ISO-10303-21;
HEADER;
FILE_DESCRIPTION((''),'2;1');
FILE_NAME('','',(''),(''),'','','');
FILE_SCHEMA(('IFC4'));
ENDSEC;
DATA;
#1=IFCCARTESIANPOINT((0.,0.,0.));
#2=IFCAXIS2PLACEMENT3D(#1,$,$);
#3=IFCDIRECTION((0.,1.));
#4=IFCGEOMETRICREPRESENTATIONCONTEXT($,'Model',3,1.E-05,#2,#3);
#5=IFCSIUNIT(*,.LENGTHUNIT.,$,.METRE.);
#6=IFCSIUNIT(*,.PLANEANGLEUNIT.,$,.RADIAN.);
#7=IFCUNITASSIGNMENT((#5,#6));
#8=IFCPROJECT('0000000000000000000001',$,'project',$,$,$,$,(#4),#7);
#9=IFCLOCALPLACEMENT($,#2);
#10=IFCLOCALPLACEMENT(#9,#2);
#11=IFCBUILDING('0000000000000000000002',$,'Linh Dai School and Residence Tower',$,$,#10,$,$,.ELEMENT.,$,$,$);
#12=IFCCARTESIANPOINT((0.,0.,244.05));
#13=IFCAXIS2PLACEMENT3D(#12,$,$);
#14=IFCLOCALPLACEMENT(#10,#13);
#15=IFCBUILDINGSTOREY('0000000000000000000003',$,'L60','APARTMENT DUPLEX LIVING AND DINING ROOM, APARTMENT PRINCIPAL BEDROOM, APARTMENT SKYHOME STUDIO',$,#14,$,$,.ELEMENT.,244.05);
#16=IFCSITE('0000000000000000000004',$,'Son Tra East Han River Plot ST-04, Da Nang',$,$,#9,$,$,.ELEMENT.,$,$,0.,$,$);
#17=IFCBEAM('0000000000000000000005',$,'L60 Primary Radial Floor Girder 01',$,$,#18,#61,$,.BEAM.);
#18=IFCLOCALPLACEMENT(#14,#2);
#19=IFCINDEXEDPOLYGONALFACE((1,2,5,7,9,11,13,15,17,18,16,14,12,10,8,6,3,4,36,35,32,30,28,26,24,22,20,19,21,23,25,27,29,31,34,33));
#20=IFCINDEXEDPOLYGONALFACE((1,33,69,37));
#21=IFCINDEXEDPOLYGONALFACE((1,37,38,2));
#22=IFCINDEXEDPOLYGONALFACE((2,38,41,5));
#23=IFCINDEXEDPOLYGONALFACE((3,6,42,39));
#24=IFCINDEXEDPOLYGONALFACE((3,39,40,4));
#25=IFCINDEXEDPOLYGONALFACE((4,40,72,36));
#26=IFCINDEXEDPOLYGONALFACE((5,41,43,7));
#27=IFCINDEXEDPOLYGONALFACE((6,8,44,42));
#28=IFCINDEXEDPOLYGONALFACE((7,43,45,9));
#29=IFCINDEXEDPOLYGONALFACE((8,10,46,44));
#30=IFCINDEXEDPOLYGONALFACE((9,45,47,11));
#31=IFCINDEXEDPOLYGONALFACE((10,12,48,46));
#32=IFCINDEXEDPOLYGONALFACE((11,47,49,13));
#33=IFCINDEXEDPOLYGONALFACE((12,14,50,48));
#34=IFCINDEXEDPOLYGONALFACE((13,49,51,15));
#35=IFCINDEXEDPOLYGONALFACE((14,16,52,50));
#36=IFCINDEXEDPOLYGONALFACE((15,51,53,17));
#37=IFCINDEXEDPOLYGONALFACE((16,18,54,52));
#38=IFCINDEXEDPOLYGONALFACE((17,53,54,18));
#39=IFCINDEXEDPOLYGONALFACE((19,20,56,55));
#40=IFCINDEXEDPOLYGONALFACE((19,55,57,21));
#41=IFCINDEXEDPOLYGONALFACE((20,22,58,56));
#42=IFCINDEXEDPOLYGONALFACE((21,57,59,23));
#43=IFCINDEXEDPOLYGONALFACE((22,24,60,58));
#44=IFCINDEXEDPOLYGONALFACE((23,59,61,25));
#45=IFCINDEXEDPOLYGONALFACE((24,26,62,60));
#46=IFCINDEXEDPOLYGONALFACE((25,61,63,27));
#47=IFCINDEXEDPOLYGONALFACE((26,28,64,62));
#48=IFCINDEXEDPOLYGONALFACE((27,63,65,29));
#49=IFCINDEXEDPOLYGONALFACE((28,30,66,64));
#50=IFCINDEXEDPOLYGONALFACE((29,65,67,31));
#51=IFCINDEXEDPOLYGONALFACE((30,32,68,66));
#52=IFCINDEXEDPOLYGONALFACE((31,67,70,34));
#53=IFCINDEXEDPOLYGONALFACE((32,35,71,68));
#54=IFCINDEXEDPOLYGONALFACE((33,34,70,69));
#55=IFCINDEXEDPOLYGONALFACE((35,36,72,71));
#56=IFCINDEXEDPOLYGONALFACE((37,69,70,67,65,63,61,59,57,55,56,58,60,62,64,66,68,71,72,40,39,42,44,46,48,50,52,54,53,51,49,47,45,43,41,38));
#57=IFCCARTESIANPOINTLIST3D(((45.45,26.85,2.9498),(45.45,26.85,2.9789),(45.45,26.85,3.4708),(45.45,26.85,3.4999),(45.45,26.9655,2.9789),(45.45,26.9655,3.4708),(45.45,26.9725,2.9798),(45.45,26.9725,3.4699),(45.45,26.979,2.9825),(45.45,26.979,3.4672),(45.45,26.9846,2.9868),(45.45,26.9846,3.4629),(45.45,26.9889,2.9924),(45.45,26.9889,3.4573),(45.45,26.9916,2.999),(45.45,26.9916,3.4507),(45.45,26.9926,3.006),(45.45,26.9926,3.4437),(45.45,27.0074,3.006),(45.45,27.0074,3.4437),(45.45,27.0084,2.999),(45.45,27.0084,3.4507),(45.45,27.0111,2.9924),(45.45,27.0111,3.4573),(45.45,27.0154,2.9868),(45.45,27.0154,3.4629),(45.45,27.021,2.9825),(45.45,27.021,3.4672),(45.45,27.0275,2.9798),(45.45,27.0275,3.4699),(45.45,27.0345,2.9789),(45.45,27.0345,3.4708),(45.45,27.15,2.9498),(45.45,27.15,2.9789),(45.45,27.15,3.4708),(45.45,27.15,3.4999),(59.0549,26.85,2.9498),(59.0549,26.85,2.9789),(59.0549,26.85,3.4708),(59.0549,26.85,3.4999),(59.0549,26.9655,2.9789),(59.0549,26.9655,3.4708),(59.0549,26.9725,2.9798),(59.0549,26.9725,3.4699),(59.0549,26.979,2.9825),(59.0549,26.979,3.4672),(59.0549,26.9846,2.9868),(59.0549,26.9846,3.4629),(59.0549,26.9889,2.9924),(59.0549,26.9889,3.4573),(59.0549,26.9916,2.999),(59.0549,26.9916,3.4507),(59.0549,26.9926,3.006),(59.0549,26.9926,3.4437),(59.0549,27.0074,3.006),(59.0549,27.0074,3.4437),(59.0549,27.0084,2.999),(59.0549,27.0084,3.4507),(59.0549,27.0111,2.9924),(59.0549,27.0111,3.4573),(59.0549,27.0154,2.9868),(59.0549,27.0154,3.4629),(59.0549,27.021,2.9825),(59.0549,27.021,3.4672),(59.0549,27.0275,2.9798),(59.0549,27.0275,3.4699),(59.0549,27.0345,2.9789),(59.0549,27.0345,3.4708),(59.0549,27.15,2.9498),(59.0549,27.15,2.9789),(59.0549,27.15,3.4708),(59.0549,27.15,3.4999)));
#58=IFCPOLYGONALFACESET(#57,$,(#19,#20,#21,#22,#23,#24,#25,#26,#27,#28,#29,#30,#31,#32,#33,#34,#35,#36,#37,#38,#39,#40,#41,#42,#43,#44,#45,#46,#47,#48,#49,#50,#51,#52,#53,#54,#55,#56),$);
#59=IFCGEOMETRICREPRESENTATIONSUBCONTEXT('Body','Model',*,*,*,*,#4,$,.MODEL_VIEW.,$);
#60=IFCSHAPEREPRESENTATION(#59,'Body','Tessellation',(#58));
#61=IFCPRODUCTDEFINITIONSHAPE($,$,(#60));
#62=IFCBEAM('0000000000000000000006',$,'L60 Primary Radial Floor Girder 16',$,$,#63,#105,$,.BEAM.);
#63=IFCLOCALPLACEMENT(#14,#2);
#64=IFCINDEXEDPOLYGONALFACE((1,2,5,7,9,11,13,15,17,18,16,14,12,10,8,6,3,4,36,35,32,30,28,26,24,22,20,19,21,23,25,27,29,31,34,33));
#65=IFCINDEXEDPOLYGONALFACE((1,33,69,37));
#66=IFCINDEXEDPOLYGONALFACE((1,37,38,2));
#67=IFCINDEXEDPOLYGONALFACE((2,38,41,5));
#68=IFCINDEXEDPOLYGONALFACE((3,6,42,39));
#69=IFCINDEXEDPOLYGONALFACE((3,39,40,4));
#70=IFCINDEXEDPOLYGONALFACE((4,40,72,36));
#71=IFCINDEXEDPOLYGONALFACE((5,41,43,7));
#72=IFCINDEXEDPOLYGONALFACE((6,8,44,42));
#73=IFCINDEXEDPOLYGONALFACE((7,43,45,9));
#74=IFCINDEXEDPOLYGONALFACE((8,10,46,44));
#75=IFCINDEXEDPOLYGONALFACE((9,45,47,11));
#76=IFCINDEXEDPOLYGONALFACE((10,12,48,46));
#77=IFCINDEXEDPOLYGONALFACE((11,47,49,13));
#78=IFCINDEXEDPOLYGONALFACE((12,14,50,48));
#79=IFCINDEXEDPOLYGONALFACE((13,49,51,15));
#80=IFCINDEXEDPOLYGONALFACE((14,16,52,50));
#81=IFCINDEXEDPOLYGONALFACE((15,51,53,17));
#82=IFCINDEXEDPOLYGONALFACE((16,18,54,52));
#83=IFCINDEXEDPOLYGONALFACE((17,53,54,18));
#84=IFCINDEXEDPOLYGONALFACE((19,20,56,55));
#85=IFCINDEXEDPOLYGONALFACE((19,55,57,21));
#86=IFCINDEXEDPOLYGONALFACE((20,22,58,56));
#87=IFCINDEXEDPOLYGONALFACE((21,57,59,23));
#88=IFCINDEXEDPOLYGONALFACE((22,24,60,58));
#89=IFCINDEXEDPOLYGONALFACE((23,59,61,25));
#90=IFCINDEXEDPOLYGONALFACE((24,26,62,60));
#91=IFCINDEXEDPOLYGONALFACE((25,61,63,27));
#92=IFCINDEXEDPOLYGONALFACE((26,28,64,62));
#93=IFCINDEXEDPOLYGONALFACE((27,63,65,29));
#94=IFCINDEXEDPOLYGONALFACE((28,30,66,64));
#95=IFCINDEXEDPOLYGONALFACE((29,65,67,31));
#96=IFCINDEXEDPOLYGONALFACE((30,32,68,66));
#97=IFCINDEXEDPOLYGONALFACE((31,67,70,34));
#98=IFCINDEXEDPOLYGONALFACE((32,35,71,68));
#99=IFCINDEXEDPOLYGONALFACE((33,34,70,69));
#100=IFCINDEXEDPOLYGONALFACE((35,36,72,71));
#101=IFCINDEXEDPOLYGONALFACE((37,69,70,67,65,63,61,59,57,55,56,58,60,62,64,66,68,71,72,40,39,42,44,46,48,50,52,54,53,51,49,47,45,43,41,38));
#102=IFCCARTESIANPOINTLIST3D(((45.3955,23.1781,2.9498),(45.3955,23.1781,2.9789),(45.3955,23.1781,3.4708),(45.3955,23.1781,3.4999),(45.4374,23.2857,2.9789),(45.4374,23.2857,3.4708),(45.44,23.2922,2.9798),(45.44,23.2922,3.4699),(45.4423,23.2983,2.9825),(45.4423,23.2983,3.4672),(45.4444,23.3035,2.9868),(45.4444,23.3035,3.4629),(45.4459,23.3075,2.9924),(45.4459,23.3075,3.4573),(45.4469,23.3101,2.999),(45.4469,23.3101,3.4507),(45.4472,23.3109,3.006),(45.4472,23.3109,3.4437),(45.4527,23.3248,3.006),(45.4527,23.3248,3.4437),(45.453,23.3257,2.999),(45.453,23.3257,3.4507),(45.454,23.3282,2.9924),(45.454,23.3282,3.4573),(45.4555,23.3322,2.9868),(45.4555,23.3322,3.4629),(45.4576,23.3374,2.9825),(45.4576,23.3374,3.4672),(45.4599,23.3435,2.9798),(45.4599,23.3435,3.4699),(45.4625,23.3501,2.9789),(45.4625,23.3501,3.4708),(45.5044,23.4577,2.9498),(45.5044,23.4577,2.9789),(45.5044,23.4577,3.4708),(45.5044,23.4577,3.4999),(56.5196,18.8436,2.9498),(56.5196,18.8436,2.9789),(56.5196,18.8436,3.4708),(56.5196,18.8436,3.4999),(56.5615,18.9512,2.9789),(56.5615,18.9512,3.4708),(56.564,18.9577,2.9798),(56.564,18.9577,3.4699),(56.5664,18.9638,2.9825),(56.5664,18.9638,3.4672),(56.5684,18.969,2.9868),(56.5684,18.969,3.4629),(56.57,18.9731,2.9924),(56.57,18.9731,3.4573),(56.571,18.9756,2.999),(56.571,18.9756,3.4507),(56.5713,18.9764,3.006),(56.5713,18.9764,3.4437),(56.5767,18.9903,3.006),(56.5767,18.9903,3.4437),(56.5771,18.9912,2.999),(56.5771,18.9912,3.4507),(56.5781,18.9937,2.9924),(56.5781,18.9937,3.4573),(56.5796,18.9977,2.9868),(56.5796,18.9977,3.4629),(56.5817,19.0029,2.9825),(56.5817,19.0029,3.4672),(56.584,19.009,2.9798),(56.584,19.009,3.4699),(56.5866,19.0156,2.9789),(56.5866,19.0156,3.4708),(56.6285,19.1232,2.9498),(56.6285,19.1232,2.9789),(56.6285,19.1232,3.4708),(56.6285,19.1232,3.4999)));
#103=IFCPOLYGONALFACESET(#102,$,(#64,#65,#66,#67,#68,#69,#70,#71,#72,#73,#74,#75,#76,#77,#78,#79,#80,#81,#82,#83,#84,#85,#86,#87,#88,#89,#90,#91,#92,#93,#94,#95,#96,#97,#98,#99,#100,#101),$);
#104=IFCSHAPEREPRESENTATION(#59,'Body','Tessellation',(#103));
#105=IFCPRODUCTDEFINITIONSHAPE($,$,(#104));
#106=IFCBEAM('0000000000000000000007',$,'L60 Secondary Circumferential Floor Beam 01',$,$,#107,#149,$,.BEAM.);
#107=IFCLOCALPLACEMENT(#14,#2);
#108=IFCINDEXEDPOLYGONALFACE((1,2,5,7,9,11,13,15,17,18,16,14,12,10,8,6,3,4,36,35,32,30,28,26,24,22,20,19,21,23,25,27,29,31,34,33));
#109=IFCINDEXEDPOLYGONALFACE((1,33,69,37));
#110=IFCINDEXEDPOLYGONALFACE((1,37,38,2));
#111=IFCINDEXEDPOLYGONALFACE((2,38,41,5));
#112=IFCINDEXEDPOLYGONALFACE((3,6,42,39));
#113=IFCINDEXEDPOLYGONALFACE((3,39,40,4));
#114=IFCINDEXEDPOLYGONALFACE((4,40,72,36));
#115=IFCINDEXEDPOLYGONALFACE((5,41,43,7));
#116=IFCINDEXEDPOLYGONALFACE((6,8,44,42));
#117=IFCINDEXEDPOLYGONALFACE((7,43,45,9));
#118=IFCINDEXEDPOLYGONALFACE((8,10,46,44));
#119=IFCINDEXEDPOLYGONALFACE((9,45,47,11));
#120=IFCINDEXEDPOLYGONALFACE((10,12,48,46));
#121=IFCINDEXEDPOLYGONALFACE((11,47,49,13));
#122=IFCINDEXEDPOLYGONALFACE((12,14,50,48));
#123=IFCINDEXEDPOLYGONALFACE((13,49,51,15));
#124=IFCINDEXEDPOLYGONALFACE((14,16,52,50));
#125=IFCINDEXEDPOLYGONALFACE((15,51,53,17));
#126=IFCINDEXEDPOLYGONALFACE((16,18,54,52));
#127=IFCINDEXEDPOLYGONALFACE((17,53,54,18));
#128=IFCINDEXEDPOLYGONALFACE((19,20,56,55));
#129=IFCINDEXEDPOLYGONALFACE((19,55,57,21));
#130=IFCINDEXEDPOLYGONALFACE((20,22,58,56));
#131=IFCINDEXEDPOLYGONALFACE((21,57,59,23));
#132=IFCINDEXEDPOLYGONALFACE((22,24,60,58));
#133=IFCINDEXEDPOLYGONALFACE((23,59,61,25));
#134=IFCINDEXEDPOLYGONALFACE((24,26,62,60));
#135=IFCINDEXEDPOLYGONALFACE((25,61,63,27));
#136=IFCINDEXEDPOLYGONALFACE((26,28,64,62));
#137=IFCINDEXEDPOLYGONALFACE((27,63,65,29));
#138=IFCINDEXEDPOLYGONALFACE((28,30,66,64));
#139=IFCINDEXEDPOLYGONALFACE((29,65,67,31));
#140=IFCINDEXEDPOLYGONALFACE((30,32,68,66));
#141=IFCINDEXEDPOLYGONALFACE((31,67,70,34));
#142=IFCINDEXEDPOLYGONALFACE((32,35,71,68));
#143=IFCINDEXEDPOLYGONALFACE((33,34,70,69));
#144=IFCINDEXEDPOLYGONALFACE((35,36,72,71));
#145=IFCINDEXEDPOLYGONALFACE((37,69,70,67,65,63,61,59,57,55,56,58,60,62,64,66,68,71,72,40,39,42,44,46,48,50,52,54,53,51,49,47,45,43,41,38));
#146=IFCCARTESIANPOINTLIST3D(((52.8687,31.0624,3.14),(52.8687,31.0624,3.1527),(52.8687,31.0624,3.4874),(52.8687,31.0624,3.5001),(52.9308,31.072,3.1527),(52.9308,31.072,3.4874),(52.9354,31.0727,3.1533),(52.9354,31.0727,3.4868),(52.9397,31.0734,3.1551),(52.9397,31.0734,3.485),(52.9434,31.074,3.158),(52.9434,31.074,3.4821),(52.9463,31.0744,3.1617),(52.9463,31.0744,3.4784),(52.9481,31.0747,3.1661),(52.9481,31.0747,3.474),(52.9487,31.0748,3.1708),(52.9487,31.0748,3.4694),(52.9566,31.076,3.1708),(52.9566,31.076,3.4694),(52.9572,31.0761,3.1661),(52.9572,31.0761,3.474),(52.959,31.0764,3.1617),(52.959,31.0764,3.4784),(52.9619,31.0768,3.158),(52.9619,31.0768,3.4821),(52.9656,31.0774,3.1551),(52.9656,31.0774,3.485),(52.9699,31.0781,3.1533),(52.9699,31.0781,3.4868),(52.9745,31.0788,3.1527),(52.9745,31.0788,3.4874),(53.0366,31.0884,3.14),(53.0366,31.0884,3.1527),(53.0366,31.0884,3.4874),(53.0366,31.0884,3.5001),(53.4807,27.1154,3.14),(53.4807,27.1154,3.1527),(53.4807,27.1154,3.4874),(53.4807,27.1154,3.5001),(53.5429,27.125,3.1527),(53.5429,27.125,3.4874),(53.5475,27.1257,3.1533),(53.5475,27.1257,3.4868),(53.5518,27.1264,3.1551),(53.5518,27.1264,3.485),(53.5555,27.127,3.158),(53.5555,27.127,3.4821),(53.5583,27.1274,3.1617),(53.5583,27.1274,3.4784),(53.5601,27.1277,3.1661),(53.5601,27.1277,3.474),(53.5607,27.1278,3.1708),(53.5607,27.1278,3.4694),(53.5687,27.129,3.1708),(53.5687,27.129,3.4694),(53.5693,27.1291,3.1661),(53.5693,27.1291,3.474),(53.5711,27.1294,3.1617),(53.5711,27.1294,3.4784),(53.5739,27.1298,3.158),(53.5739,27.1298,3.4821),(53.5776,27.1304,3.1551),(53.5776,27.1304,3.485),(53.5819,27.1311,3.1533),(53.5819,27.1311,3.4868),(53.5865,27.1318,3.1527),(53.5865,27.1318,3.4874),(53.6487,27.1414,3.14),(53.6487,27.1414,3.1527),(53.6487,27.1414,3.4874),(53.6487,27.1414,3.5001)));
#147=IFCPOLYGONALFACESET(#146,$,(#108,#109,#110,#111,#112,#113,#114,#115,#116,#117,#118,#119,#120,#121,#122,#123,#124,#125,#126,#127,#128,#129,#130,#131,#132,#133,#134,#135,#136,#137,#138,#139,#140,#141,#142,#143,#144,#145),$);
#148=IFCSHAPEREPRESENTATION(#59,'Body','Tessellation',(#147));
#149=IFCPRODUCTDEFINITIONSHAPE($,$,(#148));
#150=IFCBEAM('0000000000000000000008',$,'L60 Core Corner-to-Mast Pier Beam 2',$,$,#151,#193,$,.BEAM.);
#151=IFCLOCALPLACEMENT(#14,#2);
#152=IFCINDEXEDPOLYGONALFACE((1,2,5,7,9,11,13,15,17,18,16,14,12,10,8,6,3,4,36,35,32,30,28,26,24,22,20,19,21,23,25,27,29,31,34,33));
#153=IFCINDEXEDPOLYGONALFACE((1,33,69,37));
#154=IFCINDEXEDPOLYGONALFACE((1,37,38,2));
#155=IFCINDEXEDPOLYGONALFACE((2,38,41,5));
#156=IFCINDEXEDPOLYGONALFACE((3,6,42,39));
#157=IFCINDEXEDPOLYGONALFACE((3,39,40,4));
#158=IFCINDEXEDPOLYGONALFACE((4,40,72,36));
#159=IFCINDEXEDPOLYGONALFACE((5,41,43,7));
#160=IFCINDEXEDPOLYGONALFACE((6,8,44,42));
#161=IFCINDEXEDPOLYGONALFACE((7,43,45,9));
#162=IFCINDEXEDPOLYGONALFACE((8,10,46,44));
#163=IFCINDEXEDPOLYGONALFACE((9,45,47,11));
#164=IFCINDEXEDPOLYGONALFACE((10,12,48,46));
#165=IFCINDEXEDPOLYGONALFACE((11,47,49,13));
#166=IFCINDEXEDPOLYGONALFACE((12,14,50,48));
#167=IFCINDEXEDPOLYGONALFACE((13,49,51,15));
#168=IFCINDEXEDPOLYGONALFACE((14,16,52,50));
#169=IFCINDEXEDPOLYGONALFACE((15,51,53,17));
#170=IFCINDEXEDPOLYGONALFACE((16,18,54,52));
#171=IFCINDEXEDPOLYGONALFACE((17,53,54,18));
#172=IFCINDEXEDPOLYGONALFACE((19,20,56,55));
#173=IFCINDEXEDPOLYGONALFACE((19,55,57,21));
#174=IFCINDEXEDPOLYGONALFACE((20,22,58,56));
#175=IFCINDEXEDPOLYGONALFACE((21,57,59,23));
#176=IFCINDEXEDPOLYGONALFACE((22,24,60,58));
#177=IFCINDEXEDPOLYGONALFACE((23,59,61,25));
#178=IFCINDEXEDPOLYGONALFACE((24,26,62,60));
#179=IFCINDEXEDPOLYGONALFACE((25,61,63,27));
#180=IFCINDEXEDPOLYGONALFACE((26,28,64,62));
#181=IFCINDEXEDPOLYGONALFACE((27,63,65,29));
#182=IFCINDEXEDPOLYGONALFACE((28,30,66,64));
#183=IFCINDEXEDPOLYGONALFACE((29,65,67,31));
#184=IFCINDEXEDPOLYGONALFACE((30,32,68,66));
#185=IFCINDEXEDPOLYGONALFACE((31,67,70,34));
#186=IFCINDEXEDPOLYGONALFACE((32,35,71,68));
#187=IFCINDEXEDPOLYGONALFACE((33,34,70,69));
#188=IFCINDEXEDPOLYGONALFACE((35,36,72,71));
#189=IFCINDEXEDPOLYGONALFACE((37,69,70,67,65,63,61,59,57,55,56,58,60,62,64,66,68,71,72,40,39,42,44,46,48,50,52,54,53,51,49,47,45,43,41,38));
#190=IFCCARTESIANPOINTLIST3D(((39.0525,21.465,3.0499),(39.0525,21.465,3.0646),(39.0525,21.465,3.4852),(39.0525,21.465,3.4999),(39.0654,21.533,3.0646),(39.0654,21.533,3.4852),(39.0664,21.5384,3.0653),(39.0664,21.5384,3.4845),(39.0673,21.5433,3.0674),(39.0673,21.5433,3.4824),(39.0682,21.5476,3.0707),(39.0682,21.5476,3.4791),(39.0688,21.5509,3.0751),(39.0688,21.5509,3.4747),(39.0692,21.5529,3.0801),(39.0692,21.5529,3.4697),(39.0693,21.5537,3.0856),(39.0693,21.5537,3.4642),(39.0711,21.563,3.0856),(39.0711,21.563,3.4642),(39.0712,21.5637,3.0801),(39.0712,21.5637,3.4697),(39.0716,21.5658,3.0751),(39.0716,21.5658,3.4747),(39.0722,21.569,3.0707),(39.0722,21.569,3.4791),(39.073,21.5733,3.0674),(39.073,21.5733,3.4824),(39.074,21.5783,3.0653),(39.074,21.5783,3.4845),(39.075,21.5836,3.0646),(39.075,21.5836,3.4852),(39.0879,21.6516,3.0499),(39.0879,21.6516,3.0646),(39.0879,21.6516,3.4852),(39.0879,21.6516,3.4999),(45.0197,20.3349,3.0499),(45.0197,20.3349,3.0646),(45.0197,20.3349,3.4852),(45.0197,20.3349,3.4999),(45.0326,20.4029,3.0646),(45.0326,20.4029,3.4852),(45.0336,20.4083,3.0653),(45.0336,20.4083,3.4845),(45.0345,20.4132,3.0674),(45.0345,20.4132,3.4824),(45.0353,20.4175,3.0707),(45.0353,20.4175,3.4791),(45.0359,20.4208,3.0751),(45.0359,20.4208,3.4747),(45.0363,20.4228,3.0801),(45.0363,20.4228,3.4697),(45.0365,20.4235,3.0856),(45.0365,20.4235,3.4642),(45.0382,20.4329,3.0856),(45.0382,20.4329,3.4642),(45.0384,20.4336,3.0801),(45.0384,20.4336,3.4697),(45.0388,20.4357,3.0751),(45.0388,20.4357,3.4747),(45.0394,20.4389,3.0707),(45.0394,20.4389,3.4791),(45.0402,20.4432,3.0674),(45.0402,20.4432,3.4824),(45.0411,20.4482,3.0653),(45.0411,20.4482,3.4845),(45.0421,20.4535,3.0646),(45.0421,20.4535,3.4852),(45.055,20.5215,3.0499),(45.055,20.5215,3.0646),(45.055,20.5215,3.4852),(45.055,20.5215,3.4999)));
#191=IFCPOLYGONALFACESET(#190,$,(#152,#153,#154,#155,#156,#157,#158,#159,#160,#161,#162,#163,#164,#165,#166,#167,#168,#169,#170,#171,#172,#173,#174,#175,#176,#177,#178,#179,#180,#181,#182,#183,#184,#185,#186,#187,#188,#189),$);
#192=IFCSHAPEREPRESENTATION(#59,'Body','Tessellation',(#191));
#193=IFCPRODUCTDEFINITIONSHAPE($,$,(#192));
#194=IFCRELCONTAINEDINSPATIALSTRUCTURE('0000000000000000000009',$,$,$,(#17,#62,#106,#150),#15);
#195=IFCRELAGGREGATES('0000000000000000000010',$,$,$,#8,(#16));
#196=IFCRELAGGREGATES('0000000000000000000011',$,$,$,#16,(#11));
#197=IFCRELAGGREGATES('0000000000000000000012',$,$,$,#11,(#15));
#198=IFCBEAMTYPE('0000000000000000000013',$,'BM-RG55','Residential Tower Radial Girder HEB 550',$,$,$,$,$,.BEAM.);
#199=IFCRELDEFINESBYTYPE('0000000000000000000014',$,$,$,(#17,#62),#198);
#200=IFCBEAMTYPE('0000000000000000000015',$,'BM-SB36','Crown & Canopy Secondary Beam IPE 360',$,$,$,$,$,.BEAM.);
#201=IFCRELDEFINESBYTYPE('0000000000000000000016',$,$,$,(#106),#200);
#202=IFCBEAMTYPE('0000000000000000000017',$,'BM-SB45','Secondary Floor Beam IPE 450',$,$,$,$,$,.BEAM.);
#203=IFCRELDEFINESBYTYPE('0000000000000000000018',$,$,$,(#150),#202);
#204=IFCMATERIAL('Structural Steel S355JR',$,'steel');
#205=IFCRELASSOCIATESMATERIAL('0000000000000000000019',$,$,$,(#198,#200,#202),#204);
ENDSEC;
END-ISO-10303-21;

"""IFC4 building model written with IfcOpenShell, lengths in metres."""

from ifc_helpers import new_model, si_unit, direction, frame, origin, origin_2d, place, context, subcontext, project, spatial, i_section, extrude, material, material_profile, profile_set, type_object, element, save


model = new_model("IFC4")

# Units and contexts
model_context = context("Model", 3, precision=1e-05, world=origin(), true_north=direction((0.0, 1.0)))
body_context = subcontext(model_context, "Body", "Model", "MODEL_VIEW")
ifc_project = project(units=[si_unit("LENGTHUNIT", "METRE"), si_unit("PLANEANGLEUNIT", "RADIAN")], contexts=[model_context])

# Site, building, storey
site_placement = place(None, origin())
site = spatial("IfcSite", under=ifc_project, at=site_placement, Name="Son Tra East Han River Plot ST-04, Da Nang", CompositionType="ELEMENT", RefElevation=0.0)
building_placement = place(site_placement, origin())
building = spatial("IfcBuilding", under=site, at=building_placement, Name="Linh Dai School and Residence Tower", CompositionType="ELEMENT")
storey_placement = place(building_placement, frame((0.0, 0.0, 244.05)))
storey = spatial("IfcBuildingStorey", under=building, at=storey_placement, Name="L60", Description="APARTMENT DUPLEX LIVING AND DINING ROOM, APARTMENT PRINCIPAL BEDROOM, APARTMENT SKYHOME STUDIO", CompositionType="ELEMENT", Elevation=244.05)

# Shared definitions
ifc_material_1 = material(Name="Structural Steel S355JR", Category="steel")

# Beams
ifc_material_profile_1 = material_profile(ifc_material_1, i_section(OverallWidth=0.3, OverallDepth=0.55, WebThickness=0.0149, FlangeThickness=0.0291, FilletRadius=0.0271, at=origin_2d()), Name="HEB 550")
ifc_profile_set_1 = profile_set([ifc_material_profile_1], Name="Structural Steel S355JR")
beam_type_1 = type_object("IfcBeamType", Name="BM-RG55", Description="Residential Tower Radial Girder HEB 550", PredefinedType="BEAM", material=ifc_profile_set_1)
beam_1_placement = place(storey_placement, frame((45.45, 27.0, 3.2249), z_axis=(1.0, 0.0, 0.0), x_axis=(0.0, 1.0, 0.0)))
element("IfcBeam", 1, at=beam_1_placement, inside=storey, type_object=beam_type_1, Name="L60 Primary Radial Floor Girder 01", PredefinedType="BEAM", context=body_context, shape_type="SweptSolid", body=[
    extrude(i_section(OverallWidth=0.3, OverallDepth=0.55, WebThickness=0.0149, FlangeThickness=0.0291, FilletRadius=0.0271, at=origin_2d()), origin(), (0.0, 0.0, 1.0), 13.605),
])
beam_2_placement = place(storey_placement, frame((45.45, 23.3179, 3.2249), z_axis=(0.931765, -0.363062, 0.0), x_axis=(0.363062, 0.931765, 0.0)))
element("IfcBeam", 2, at=beam_2_placement, inside=storey, type_object=beam_type_1, Name="L60 Primary Radial Floor Girder 16", PredefinedType="BEAM", context=body_context, shape_type="SweptSolid", body=[
    extrude(i_section(OverallWidth=0.3, OverallDepth=0.55, WebThickness=0.0149, FlangeThickness=0.0291, FilletRadius=0.0271, at=origin_2d()), origin(), (0.0, 0.0, 1.0), 11.9387),
])
ifc_material_profile_2 = material_profile(ifc_material_1, i_section(OverallWidth=0.1699, OverallDepth=0.3601, WebThickness=0.0081, FlangeThickness=0.0127, FilletRadius=0.0181, at=origin_2d()), Name="IPE 360")
ifc_profile_set_2 = profile_set([ifc_material_profile_2], Name="Structural Steel S355JR")
beam_type_2 = type_object("IfcBeamType", Name="BM-SB36", Description="Crown & Canopy Secondary Beam IPE 360", PredefinedType="BEAM", material=ifc_profile_set_2)
beam_3_placement = place(storey_placement, frame((53.5647, 27.1284, 3.3201), z_axis=(-0.153238, 0.988189, 0.0), x_axis=(-0.988189, -0.153238, 0.0)))
element("IfcBeam", 3, at=beam_3_placement, inside=storey, type_object=beam_type_2, Name="L60 Secondary Circumferential Floor Beam 01", PredefinedType="BEAM", context=body_context, shape_type="SweptSolid", body=[
    extrude(i_section(OverallWidth=0.1699, OverallDepth=0.3601, WebThickness=0.0081, FlangeThickness=0.0127, FilletRadius=0.0181, at=origin_2d()), origin(), (0.0, 0.0, 1.0), 3.9941),
])
ifc_material_profile_3 = material_profile(ifc_material_1, i_section(OverallWidth=0.1899, OverallDepth=0.45, WebThickness=0.0095, FlangeThickness=0.0146, FilletRadius=0.021, at=origin_2d()), Name="IPE 450")
ifc_profile_set_3 = profile_set([ifc_material_profile_3], Name="Structural Steel S355JR")
beam_type_3 = type_object("IfcBeamType", Name="BM-SB45", Description="Secondary Floor Beam IPE 450", PredefinedType="BEAM", material=ifc_profile_set_3)
beam_4_placement = place(storey_placement, frame((45.0374, 20.4282, 3.2749), z_axis=(-0.982535, 0.186079, 0.0), x_axis=(-0.186079, -0.982535, 0.0)))
element("IfcBeam", 4, at=beam_4_placement, inside=storey, type_object=beam_type_3, Name="L60 Core Corner-to-Mast Pier Beam 2", PredefinedType="BEAM", context=body_context, shape_type="SweptSolid", body=[
    extrude(i_section(OverallWidth=0.1899, OverallDepth=0.45, WebThickness=0.0095, FlangeThickness=0.0146, FilletRadius=0.021, at=origin_2d()), origin(), (0.0, 0.0, 1.0), 6.0732),
])

save(model, "model.ifc")
